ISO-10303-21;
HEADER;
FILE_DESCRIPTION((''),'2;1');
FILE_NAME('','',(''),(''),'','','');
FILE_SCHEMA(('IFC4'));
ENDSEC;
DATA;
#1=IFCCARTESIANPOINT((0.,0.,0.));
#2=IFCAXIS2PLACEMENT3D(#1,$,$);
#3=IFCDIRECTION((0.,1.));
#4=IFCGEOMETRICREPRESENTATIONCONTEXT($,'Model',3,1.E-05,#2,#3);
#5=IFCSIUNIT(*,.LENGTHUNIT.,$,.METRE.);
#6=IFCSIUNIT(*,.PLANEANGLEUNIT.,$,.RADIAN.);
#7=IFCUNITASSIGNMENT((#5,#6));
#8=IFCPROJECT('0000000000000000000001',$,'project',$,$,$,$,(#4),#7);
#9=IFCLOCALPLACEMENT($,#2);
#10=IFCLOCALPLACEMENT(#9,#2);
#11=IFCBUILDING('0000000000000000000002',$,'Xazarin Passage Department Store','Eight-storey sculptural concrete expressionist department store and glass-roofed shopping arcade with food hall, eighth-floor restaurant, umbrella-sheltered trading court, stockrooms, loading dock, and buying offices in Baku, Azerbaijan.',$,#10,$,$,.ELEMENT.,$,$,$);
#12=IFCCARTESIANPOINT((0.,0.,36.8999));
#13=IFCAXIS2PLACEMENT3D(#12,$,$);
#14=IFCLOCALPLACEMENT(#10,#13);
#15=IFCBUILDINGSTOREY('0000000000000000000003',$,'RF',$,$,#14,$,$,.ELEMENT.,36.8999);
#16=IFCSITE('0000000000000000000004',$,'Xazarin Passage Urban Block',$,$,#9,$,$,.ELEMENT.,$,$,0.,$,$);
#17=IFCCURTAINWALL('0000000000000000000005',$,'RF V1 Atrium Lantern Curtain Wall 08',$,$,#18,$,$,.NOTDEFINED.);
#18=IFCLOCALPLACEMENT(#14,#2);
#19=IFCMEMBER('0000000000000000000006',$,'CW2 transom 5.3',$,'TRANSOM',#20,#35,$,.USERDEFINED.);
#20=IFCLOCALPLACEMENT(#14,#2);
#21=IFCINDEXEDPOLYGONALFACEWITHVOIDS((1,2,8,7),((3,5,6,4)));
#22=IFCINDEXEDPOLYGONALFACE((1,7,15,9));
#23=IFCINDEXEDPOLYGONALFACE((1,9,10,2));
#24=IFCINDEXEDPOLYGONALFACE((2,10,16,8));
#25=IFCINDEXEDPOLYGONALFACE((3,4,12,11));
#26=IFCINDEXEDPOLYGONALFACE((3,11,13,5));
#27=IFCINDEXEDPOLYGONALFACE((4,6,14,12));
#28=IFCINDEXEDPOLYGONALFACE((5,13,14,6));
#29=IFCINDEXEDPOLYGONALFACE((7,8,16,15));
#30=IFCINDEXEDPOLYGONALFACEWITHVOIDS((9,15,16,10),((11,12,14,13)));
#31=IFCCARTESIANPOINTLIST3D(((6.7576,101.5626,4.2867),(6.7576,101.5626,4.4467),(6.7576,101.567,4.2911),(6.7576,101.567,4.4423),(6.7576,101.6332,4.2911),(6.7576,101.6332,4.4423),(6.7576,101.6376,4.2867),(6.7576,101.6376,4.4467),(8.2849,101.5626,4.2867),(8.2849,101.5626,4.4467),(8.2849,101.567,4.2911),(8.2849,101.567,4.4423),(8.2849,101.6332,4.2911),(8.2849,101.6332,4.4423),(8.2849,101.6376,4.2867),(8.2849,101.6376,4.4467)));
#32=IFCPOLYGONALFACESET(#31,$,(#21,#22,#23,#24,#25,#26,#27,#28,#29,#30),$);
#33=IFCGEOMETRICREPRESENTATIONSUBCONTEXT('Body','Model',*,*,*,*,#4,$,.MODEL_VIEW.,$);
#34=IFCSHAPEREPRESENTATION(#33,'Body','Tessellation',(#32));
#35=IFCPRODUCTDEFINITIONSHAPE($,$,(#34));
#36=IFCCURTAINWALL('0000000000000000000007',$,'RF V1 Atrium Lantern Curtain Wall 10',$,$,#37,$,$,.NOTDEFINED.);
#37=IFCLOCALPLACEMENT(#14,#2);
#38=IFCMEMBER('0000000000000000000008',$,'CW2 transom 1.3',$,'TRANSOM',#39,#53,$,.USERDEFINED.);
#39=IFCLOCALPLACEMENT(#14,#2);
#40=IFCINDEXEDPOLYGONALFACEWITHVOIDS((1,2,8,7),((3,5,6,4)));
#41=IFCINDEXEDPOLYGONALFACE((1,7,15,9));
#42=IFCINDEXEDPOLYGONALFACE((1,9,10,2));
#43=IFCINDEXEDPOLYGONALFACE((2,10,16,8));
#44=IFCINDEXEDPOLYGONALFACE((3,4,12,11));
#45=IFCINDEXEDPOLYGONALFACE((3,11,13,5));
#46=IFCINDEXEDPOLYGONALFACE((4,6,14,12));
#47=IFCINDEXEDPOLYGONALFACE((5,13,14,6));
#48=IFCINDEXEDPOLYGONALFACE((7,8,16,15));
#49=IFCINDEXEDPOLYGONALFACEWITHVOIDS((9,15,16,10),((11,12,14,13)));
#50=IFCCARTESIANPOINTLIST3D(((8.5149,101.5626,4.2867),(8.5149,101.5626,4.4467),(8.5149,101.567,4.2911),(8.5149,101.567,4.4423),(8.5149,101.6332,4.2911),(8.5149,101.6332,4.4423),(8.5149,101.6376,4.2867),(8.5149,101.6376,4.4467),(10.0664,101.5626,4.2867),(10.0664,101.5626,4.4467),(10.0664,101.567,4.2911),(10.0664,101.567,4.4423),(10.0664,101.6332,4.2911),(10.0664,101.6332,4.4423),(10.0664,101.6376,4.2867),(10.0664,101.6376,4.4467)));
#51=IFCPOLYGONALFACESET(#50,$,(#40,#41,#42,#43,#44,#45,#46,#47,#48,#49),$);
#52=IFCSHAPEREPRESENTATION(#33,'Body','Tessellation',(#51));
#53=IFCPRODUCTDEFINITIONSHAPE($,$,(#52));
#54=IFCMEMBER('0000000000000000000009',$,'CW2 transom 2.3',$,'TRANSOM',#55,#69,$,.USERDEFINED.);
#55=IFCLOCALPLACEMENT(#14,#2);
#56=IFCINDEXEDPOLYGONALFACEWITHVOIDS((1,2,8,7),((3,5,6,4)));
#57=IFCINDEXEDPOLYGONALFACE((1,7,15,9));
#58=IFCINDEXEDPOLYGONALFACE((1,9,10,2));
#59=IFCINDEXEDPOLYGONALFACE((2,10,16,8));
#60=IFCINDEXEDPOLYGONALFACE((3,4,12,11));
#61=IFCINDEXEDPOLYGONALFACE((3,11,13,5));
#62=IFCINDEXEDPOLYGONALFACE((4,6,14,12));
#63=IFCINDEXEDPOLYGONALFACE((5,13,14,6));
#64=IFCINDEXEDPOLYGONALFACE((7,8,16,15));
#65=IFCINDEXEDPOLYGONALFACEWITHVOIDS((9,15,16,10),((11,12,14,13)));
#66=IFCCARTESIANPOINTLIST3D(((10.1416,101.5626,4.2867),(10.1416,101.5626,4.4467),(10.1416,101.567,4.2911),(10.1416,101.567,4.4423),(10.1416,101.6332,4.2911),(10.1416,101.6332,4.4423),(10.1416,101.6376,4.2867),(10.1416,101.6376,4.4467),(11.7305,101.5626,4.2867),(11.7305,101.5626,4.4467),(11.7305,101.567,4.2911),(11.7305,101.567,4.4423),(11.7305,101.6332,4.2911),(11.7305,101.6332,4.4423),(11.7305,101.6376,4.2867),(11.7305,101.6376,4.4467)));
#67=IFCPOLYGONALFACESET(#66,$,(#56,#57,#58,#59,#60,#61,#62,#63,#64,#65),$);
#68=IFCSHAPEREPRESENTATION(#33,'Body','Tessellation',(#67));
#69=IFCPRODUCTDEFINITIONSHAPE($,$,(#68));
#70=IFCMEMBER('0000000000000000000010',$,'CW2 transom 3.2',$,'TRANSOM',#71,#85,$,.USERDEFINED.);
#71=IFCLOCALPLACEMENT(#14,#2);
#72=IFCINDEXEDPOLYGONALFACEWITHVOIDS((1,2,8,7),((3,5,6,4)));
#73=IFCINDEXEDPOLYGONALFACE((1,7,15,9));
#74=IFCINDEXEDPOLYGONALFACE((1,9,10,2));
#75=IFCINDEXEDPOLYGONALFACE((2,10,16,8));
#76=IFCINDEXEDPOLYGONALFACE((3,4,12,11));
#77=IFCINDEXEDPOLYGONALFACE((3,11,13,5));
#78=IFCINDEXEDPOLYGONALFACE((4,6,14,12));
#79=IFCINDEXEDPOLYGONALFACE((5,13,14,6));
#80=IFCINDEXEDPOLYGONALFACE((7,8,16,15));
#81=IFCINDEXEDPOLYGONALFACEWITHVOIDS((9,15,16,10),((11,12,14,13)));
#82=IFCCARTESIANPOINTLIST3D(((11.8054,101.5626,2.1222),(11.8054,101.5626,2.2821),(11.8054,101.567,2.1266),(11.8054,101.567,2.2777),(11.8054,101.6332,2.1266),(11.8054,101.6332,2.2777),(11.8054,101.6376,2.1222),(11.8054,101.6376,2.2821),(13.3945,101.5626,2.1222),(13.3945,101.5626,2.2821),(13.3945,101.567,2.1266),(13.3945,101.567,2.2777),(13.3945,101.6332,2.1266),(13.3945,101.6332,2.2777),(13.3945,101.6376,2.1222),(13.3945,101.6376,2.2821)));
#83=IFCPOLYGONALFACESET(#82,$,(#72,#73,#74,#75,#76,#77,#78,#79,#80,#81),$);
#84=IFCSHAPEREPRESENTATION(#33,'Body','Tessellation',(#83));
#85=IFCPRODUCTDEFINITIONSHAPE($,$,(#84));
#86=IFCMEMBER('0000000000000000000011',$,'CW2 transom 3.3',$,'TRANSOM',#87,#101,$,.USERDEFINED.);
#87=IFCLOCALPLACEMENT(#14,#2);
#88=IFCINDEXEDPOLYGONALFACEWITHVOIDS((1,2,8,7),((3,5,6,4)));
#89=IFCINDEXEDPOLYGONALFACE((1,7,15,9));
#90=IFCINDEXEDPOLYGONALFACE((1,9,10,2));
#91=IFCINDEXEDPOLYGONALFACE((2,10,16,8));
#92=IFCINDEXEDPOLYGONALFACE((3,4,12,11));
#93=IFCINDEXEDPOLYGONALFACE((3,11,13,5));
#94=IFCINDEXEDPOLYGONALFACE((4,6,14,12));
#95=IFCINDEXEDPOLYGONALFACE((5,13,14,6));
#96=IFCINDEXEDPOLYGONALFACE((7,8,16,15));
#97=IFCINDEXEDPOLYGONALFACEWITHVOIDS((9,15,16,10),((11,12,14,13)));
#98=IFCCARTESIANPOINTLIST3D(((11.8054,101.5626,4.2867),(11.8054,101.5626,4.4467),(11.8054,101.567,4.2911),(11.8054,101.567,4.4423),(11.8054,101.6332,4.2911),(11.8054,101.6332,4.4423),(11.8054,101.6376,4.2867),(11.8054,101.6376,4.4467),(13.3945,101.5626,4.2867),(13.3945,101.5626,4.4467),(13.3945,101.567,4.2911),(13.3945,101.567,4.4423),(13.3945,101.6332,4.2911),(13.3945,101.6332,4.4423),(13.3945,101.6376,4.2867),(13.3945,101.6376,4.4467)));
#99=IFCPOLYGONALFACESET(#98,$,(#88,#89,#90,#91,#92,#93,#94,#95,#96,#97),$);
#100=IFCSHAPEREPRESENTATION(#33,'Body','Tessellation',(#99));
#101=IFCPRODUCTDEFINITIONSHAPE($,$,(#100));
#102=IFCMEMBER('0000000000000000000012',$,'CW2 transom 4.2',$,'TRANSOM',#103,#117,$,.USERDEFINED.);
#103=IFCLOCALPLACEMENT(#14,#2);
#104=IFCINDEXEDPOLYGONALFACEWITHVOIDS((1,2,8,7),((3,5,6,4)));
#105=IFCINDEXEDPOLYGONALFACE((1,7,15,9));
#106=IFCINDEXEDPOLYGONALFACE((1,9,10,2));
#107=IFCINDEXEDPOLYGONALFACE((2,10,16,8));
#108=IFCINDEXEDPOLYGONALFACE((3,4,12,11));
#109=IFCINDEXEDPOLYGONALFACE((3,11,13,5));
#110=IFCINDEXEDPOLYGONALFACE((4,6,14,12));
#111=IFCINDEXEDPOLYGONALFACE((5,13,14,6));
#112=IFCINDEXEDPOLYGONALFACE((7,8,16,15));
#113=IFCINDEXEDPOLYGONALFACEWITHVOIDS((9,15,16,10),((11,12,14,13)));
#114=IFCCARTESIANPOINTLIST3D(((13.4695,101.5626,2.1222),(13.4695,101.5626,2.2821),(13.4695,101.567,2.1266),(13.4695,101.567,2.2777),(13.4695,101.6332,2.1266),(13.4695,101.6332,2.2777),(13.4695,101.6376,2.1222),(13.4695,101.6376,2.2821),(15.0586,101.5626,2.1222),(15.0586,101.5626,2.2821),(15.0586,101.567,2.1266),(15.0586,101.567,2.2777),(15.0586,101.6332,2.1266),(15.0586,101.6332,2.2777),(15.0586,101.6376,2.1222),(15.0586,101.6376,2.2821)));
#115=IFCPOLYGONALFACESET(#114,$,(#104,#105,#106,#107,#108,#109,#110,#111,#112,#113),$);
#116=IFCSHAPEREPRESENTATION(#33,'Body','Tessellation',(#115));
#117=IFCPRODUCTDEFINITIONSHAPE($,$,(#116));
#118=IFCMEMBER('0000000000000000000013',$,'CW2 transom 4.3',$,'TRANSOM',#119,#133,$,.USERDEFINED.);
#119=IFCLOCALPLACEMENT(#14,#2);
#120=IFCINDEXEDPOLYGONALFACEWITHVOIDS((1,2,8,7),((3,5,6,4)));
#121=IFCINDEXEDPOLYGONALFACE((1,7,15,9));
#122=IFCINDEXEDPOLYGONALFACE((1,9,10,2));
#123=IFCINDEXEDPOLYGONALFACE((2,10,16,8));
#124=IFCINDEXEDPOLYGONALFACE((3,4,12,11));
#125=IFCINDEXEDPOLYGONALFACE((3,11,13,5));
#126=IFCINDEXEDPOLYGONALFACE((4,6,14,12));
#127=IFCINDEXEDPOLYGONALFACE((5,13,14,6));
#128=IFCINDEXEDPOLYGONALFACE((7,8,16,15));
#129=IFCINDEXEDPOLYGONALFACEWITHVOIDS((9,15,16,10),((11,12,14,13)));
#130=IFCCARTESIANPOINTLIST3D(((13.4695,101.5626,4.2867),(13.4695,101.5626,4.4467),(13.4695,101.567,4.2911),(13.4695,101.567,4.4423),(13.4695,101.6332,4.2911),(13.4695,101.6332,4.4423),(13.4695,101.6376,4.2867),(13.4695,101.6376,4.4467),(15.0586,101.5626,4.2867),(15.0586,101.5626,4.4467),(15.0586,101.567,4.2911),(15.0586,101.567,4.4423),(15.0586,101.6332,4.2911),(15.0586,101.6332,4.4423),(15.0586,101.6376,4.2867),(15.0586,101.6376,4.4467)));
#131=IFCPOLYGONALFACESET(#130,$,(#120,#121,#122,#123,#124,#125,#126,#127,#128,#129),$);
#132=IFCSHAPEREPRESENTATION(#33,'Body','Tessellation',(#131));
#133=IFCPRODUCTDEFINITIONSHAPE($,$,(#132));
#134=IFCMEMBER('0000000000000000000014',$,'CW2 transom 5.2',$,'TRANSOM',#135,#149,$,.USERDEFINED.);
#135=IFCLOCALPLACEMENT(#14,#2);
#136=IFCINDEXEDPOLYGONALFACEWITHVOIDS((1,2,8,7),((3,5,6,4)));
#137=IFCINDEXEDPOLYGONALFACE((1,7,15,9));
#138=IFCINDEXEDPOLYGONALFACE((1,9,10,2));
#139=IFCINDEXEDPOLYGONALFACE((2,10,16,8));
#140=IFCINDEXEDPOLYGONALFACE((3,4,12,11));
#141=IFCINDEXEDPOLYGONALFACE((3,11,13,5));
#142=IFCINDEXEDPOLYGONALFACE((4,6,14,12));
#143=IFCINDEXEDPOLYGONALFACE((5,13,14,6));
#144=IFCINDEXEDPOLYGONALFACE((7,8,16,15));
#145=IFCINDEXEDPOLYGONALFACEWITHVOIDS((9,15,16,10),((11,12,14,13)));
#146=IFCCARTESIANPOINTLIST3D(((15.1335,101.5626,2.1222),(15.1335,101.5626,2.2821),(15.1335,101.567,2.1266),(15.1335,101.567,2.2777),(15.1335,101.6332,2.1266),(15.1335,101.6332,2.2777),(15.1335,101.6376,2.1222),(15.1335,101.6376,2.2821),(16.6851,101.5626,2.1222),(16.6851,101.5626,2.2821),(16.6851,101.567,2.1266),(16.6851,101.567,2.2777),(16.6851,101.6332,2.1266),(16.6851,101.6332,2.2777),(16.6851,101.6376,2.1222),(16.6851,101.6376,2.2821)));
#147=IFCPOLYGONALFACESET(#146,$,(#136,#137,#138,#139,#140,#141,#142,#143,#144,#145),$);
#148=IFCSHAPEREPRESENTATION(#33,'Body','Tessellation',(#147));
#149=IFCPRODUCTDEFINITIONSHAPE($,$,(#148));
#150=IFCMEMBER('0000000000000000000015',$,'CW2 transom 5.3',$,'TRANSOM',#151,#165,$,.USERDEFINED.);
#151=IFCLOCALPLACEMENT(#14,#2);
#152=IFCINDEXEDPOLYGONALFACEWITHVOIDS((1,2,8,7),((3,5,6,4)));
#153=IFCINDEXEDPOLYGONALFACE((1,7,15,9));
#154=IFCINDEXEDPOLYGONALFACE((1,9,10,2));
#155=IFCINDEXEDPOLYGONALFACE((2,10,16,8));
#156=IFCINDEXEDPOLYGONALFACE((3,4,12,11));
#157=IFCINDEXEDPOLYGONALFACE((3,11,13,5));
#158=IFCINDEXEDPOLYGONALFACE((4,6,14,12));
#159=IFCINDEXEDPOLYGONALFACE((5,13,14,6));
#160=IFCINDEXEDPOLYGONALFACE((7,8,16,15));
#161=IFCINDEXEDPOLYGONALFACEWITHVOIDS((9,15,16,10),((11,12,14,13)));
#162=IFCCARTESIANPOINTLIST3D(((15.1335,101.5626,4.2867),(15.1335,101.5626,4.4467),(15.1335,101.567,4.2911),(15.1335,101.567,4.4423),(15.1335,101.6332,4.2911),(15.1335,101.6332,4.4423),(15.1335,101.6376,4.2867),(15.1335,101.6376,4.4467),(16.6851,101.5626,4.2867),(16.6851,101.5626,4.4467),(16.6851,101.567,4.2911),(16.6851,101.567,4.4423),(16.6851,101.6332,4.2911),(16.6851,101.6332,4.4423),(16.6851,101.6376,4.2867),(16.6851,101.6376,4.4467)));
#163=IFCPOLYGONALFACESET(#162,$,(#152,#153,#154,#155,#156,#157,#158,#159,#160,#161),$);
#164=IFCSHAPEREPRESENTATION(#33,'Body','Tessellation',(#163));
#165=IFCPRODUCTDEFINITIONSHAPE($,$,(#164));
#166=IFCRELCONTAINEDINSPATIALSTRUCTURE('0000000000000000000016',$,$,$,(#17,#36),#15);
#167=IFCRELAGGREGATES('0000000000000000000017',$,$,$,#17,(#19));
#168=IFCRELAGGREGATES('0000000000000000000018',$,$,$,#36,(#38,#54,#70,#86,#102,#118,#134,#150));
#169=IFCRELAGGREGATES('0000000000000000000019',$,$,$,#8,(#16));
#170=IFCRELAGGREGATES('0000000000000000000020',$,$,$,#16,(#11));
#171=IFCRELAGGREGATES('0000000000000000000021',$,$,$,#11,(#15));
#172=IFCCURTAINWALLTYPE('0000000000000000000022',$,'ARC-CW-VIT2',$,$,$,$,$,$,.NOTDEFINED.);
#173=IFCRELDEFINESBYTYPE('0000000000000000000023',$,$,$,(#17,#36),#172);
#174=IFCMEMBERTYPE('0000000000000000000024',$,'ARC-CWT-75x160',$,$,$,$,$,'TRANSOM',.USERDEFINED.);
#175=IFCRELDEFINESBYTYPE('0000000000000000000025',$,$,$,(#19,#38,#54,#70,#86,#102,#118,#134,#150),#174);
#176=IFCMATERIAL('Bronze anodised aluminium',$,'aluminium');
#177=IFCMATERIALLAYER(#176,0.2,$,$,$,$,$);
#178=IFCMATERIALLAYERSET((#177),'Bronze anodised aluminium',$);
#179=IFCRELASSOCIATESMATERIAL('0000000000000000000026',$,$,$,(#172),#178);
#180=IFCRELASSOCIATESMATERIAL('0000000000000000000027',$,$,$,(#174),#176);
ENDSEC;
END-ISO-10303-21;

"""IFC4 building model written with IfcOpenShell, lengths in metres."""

from ifc_helpers import new_model, si_unit, direction, frame, origin, origin_2d, place, context, subcontext, project, spatial, hollow_rectangle, extrude, material, layer, layer_set, material_profile, profile_set, type_object, element, aggregate, save


model = new_model("IFC4")

# Units and contexts
model_context = context("Model", 3, precision=1e-05, world=origin(), true_north=direction((0.0, 1.0)))
body_context = subcontext(model_context, "Body", "Model", "MODEL_VIEW")
ifc_project = project(units=[si_unit("LENGTHUNIT", "METRE"), si_unit("PLANEANGLEUNIT", "RADIAN")], contexts=[model_context])

# Site, building, storey
site_placement = place(None, origin())
site = spatial("IfcSite", under=ifc_project, at=site_placement, Name="Xazarin Passage Urban Block", CompositionType="ELEMENT", RefElevation=0.0)
building_placement = place(site_placement, origin())
building = spatial("IfcBuilding", under=site, at=building_placement, Name="Xazarin Passage Department Store", Description="Eight-storey sculptural concrete expressionist department store and glass-roofed shopping arcade with food hall, eighth-floor restaurant, umbrella-sheltered trading court, stockrooms, loading dock, and buying offices in Baku, Azerbaijan.", CompositionType="ELEMENT")
storey_placement = place(building_placement, frame((0.0, 0.0, 36.8999)))
storey = spatial("IfcBuildingStorey", under=building, at=storey_placement, Name="RF", CompositionType="ELEMENT", Elevation=36.8999)

# Curtain wall, member
ifc_material_1 = material(Name="Bronze anodised aluminium", Category="aluminium")
ifc_layer_1 = layer(ifc_material_1, 0.2)
ifc_layer_set_1 = layer_set([ifc_layer_1], Name="Bronze anodised aluminium")
curtain_wall_type = type_object("IfcCurtainWallType", Name="ARC-CW-VIT2", PredefinedType="NOTDEFINED", material=ifc_layer_set_1)
curtain_wall_1_placement = place(storey_placement, origin())
curtain_wall_1 = element("IfcCurtainWall", 1, at=curtain_wall_1_placement, inside=storey, type_object=curtain_wall_type, Name="RF V1 Atrium Lantern Curtain Wall 08", PredefinedType="NOTDEFINED")
ifc_material_profile_1 = material_profile(ifc_material_1, hollow_rectangle(XDim=0.075, YDim=0.1599, WallThickness=0.0044, at=origin_2d()), Name="ALU 75x160")
ifc_profile_set_1 = profile_set([ifc_material_profile_1], Name="Bronze anodised aluminium")
member_type_1 = type_object("IfcMemberType", Name="ARC-CWT-75x160", ElementType="TRANSOM", PredefinedType="USERDEFINED", material=ifc_profile_set_1)
member_1_placement = place(storey_placement, frame((6.7576, 101.6001, 4.3667), z_axis=(1.0, 0.0, 0.0), x_axis=(0.0, 1.0, 0.0)))
member_1 = element("IfcMember", 2, at=member_1_placement, type_object=member_type_1, Name="CW2 transom 5.3", ObjectType="TRANSOM", PredefinedType="USERDEFINED", context=body_context, shape_type="SweptSolid", body=[
    extrude(hollow_rectangle(XDim=0.075, YDim=0.1599, WallThickness=0.0044, at=origin_2d()), origin(), (0.0, 0.0, 1.0), 1.5273),
])

# Curtain wall, members
curtain_wall_2_placement = place(storey_placement, origin())
curtain_wall_2 = element("IfcCurtainWall", 3, at=curtain_wall_2_placement, inside=storey, type_object=curtain_wall_type, Name="RF V1 Atrium Lantern Curtain Wall 10", PredefinedType="NOTDEFINED")
member_2_placement = place(storey_placement, frame((8.5149, 101.6001, 4.3667), z_axis=(1.0, 0.0, 0.0), x_axis=(0.0, 1.0, 0.0)))
member_2 = element("IfcMember", 4, at=member_2_placement, type_object=member_type_1, Name="CW2 transom 1.3", ObjectType="TRANSOM", PredefinedType="USERDEFINED", context=body_context, shape_type="SweptSolid", body=[
    extrude(hollow_rectangle(XDim=0.075, YDim=0.1599, WallThickness=0.0044, at=origin_2d()), origin(), (0.0, 0.0, 1.0), 1.5515),
])
member_3_placement = place(storey_placement, frame((10.1416, 101.6001, 4.3667), z_axis=(1.0, 0.0, 0.0), x_axis=(0.0, 1.0, 0.0)))
member_3 = element("IfcMember", 5, at=member_3_placement, type_object=member_type_1, Name="CW2 transom 2.3", ObjectType="TRANSOM", PredefinedType="USERDEFINED", context=body_context, shape_type="SweptSolid", body=[
    extrude(hollow_rectangle(XDim=0.075, YDim=0.1599, WallThickness=0.0044, at=origin_2d()), origin(), (0.0, 0.0, 1.0), 1.5889),
])
member_4_placement = place(storey_placement, frame((11.8054, 101.6001, 2.2021), z_axis=(1.0, 0.0, 0.0), x_axis=(0.0, 1.0, 0.0)))
member_4 = element("IfcMember", 6, at=member_4_placement, type_object=member_type_1, Name="CW2 transom 3.2", ObjectType="TRANSOM", PredefinedType="USERDEFINED", context=body_context, shape_type="SweptSolid", body=[
    extrude(hollow_rectangle(XDim=0.075, YDim=0.1599, WallThickness=0.0044, at=origin_2d()), origin(), (0.0, 0.0, 1.0), 1.5891),
])
member_5_placement = place(storey_placement, frame((11.8054, 101.6001, 4.3667), z_axis=(1.0, 0.0, 0.0), x_axis=(0.0, 1.0, 0.0)))
member_5 = element("IfcMember", 7, at=member_5_placement, type_object=member_type_1, Name="CW2 transom 3.3", ObjectType="TRANSOM", PredefinedType="USERDEFINED", context=body_context, shape_type="SweptSolid", body=[
    extrude(hollow_rectangle(XDim=0.075, YDim=0.1599, WallThickness=0.0044, at=origin_2d()), origin(), (0.0, 0.0, 1.0), 1.5891),
])
member_6_placement = place(storey_placement, frame((13.4695, 101.6001, 2.2021), z_axis=(1.0, 0.0, 0.0), x_axis=(0.0, 1.0, 0.0)))
member_6 = element("IfcMember", 8, at=member_6_placement, type_object=member_type_1, Name="CW2 transom 4.2", ObjectType="TRANSOM", PredefinedType="USERDEFINED", context=body_context, shape_type="SweptSolid", body=[
    extrude(hollow_rectangle(XDim=0.075, YDim=0.1599, WallThickness=0.0044, at=origin_2d()), origin(), (0.0, 0.0, 1.0), 1.5891),
])
member_7_placement = place(storey_placement, frame((13.4695, 101.6001, 4.3667), z_axis=(1.0, 0.0, 0.0), x_axis=(0.0, 1.0, 0.0)))
member_7 = element("IfcMember", 9, at=member_7_placement, type_object=member_type_1, Name="CW2 transom 4.3", ObjectType="TRANSOM", PredefinedType="USERDEFINED", context=body_context, shape_type="SweptSolid", body=[
    extrude(hollow_rectangle(XDim=0.075, YDim=0.1599, WallThickness=0.0044, at=origin_2d()), origin(), (0.0, 0.0, 1.0), 1.5891),
])
member_8_placement = place(storey_placement, frame((15.1335, 101.6001, 2.2021), z_axis=(1.0, 0.0, 0.0), x_axis=(0.0, 1.0, 0.0)))
member_8 = element("IfcMember", 10, at=member_8_placement, type_object=member_type_1, Name="CW2 transom 5.2", ObjectType="TRANSOM", PredefinedType="USERDEFINED", context=body_context, shape_type="SweptSolid", body=[
    extrude(hollow_rectangle(XDim=0.075, YDim=0.1599, WallThickness=0.0044, at=origin_2d()), origin(), (0.0, 0.0, 1.0), 1.5515),
])
member_9_placement = place(storey_placement, frame((15.1335, 101.6001, 4.3667), z_axis=(1.0, 0.0, 0.0), x_axis=(0.0, 1.0, 0.0)))
member_9 = element("IfcMember", 11, at=member_9_placement, type_object=member_type_1, Name="CW2 transom 5.3", ObjectType="TRANSOM", PredefinedType="USERDEFINED", context=body_context, shape_type="SweptSolid", body=[
    extrude(hollow_rectangle(XDim=0.075, YDim=0.1599, WallThickness=0.0044, at=origin_2d()), origin(), (0.0, 0.0, 1.0), 1.5515),
])

aggregate(curtain_wall_1, [member_1])
aggregate(curtain_wall_2, [member_2, member_3, member_4, member_5, member_6, member_7, member_8, member_9])

save(model, "model.ifc")
